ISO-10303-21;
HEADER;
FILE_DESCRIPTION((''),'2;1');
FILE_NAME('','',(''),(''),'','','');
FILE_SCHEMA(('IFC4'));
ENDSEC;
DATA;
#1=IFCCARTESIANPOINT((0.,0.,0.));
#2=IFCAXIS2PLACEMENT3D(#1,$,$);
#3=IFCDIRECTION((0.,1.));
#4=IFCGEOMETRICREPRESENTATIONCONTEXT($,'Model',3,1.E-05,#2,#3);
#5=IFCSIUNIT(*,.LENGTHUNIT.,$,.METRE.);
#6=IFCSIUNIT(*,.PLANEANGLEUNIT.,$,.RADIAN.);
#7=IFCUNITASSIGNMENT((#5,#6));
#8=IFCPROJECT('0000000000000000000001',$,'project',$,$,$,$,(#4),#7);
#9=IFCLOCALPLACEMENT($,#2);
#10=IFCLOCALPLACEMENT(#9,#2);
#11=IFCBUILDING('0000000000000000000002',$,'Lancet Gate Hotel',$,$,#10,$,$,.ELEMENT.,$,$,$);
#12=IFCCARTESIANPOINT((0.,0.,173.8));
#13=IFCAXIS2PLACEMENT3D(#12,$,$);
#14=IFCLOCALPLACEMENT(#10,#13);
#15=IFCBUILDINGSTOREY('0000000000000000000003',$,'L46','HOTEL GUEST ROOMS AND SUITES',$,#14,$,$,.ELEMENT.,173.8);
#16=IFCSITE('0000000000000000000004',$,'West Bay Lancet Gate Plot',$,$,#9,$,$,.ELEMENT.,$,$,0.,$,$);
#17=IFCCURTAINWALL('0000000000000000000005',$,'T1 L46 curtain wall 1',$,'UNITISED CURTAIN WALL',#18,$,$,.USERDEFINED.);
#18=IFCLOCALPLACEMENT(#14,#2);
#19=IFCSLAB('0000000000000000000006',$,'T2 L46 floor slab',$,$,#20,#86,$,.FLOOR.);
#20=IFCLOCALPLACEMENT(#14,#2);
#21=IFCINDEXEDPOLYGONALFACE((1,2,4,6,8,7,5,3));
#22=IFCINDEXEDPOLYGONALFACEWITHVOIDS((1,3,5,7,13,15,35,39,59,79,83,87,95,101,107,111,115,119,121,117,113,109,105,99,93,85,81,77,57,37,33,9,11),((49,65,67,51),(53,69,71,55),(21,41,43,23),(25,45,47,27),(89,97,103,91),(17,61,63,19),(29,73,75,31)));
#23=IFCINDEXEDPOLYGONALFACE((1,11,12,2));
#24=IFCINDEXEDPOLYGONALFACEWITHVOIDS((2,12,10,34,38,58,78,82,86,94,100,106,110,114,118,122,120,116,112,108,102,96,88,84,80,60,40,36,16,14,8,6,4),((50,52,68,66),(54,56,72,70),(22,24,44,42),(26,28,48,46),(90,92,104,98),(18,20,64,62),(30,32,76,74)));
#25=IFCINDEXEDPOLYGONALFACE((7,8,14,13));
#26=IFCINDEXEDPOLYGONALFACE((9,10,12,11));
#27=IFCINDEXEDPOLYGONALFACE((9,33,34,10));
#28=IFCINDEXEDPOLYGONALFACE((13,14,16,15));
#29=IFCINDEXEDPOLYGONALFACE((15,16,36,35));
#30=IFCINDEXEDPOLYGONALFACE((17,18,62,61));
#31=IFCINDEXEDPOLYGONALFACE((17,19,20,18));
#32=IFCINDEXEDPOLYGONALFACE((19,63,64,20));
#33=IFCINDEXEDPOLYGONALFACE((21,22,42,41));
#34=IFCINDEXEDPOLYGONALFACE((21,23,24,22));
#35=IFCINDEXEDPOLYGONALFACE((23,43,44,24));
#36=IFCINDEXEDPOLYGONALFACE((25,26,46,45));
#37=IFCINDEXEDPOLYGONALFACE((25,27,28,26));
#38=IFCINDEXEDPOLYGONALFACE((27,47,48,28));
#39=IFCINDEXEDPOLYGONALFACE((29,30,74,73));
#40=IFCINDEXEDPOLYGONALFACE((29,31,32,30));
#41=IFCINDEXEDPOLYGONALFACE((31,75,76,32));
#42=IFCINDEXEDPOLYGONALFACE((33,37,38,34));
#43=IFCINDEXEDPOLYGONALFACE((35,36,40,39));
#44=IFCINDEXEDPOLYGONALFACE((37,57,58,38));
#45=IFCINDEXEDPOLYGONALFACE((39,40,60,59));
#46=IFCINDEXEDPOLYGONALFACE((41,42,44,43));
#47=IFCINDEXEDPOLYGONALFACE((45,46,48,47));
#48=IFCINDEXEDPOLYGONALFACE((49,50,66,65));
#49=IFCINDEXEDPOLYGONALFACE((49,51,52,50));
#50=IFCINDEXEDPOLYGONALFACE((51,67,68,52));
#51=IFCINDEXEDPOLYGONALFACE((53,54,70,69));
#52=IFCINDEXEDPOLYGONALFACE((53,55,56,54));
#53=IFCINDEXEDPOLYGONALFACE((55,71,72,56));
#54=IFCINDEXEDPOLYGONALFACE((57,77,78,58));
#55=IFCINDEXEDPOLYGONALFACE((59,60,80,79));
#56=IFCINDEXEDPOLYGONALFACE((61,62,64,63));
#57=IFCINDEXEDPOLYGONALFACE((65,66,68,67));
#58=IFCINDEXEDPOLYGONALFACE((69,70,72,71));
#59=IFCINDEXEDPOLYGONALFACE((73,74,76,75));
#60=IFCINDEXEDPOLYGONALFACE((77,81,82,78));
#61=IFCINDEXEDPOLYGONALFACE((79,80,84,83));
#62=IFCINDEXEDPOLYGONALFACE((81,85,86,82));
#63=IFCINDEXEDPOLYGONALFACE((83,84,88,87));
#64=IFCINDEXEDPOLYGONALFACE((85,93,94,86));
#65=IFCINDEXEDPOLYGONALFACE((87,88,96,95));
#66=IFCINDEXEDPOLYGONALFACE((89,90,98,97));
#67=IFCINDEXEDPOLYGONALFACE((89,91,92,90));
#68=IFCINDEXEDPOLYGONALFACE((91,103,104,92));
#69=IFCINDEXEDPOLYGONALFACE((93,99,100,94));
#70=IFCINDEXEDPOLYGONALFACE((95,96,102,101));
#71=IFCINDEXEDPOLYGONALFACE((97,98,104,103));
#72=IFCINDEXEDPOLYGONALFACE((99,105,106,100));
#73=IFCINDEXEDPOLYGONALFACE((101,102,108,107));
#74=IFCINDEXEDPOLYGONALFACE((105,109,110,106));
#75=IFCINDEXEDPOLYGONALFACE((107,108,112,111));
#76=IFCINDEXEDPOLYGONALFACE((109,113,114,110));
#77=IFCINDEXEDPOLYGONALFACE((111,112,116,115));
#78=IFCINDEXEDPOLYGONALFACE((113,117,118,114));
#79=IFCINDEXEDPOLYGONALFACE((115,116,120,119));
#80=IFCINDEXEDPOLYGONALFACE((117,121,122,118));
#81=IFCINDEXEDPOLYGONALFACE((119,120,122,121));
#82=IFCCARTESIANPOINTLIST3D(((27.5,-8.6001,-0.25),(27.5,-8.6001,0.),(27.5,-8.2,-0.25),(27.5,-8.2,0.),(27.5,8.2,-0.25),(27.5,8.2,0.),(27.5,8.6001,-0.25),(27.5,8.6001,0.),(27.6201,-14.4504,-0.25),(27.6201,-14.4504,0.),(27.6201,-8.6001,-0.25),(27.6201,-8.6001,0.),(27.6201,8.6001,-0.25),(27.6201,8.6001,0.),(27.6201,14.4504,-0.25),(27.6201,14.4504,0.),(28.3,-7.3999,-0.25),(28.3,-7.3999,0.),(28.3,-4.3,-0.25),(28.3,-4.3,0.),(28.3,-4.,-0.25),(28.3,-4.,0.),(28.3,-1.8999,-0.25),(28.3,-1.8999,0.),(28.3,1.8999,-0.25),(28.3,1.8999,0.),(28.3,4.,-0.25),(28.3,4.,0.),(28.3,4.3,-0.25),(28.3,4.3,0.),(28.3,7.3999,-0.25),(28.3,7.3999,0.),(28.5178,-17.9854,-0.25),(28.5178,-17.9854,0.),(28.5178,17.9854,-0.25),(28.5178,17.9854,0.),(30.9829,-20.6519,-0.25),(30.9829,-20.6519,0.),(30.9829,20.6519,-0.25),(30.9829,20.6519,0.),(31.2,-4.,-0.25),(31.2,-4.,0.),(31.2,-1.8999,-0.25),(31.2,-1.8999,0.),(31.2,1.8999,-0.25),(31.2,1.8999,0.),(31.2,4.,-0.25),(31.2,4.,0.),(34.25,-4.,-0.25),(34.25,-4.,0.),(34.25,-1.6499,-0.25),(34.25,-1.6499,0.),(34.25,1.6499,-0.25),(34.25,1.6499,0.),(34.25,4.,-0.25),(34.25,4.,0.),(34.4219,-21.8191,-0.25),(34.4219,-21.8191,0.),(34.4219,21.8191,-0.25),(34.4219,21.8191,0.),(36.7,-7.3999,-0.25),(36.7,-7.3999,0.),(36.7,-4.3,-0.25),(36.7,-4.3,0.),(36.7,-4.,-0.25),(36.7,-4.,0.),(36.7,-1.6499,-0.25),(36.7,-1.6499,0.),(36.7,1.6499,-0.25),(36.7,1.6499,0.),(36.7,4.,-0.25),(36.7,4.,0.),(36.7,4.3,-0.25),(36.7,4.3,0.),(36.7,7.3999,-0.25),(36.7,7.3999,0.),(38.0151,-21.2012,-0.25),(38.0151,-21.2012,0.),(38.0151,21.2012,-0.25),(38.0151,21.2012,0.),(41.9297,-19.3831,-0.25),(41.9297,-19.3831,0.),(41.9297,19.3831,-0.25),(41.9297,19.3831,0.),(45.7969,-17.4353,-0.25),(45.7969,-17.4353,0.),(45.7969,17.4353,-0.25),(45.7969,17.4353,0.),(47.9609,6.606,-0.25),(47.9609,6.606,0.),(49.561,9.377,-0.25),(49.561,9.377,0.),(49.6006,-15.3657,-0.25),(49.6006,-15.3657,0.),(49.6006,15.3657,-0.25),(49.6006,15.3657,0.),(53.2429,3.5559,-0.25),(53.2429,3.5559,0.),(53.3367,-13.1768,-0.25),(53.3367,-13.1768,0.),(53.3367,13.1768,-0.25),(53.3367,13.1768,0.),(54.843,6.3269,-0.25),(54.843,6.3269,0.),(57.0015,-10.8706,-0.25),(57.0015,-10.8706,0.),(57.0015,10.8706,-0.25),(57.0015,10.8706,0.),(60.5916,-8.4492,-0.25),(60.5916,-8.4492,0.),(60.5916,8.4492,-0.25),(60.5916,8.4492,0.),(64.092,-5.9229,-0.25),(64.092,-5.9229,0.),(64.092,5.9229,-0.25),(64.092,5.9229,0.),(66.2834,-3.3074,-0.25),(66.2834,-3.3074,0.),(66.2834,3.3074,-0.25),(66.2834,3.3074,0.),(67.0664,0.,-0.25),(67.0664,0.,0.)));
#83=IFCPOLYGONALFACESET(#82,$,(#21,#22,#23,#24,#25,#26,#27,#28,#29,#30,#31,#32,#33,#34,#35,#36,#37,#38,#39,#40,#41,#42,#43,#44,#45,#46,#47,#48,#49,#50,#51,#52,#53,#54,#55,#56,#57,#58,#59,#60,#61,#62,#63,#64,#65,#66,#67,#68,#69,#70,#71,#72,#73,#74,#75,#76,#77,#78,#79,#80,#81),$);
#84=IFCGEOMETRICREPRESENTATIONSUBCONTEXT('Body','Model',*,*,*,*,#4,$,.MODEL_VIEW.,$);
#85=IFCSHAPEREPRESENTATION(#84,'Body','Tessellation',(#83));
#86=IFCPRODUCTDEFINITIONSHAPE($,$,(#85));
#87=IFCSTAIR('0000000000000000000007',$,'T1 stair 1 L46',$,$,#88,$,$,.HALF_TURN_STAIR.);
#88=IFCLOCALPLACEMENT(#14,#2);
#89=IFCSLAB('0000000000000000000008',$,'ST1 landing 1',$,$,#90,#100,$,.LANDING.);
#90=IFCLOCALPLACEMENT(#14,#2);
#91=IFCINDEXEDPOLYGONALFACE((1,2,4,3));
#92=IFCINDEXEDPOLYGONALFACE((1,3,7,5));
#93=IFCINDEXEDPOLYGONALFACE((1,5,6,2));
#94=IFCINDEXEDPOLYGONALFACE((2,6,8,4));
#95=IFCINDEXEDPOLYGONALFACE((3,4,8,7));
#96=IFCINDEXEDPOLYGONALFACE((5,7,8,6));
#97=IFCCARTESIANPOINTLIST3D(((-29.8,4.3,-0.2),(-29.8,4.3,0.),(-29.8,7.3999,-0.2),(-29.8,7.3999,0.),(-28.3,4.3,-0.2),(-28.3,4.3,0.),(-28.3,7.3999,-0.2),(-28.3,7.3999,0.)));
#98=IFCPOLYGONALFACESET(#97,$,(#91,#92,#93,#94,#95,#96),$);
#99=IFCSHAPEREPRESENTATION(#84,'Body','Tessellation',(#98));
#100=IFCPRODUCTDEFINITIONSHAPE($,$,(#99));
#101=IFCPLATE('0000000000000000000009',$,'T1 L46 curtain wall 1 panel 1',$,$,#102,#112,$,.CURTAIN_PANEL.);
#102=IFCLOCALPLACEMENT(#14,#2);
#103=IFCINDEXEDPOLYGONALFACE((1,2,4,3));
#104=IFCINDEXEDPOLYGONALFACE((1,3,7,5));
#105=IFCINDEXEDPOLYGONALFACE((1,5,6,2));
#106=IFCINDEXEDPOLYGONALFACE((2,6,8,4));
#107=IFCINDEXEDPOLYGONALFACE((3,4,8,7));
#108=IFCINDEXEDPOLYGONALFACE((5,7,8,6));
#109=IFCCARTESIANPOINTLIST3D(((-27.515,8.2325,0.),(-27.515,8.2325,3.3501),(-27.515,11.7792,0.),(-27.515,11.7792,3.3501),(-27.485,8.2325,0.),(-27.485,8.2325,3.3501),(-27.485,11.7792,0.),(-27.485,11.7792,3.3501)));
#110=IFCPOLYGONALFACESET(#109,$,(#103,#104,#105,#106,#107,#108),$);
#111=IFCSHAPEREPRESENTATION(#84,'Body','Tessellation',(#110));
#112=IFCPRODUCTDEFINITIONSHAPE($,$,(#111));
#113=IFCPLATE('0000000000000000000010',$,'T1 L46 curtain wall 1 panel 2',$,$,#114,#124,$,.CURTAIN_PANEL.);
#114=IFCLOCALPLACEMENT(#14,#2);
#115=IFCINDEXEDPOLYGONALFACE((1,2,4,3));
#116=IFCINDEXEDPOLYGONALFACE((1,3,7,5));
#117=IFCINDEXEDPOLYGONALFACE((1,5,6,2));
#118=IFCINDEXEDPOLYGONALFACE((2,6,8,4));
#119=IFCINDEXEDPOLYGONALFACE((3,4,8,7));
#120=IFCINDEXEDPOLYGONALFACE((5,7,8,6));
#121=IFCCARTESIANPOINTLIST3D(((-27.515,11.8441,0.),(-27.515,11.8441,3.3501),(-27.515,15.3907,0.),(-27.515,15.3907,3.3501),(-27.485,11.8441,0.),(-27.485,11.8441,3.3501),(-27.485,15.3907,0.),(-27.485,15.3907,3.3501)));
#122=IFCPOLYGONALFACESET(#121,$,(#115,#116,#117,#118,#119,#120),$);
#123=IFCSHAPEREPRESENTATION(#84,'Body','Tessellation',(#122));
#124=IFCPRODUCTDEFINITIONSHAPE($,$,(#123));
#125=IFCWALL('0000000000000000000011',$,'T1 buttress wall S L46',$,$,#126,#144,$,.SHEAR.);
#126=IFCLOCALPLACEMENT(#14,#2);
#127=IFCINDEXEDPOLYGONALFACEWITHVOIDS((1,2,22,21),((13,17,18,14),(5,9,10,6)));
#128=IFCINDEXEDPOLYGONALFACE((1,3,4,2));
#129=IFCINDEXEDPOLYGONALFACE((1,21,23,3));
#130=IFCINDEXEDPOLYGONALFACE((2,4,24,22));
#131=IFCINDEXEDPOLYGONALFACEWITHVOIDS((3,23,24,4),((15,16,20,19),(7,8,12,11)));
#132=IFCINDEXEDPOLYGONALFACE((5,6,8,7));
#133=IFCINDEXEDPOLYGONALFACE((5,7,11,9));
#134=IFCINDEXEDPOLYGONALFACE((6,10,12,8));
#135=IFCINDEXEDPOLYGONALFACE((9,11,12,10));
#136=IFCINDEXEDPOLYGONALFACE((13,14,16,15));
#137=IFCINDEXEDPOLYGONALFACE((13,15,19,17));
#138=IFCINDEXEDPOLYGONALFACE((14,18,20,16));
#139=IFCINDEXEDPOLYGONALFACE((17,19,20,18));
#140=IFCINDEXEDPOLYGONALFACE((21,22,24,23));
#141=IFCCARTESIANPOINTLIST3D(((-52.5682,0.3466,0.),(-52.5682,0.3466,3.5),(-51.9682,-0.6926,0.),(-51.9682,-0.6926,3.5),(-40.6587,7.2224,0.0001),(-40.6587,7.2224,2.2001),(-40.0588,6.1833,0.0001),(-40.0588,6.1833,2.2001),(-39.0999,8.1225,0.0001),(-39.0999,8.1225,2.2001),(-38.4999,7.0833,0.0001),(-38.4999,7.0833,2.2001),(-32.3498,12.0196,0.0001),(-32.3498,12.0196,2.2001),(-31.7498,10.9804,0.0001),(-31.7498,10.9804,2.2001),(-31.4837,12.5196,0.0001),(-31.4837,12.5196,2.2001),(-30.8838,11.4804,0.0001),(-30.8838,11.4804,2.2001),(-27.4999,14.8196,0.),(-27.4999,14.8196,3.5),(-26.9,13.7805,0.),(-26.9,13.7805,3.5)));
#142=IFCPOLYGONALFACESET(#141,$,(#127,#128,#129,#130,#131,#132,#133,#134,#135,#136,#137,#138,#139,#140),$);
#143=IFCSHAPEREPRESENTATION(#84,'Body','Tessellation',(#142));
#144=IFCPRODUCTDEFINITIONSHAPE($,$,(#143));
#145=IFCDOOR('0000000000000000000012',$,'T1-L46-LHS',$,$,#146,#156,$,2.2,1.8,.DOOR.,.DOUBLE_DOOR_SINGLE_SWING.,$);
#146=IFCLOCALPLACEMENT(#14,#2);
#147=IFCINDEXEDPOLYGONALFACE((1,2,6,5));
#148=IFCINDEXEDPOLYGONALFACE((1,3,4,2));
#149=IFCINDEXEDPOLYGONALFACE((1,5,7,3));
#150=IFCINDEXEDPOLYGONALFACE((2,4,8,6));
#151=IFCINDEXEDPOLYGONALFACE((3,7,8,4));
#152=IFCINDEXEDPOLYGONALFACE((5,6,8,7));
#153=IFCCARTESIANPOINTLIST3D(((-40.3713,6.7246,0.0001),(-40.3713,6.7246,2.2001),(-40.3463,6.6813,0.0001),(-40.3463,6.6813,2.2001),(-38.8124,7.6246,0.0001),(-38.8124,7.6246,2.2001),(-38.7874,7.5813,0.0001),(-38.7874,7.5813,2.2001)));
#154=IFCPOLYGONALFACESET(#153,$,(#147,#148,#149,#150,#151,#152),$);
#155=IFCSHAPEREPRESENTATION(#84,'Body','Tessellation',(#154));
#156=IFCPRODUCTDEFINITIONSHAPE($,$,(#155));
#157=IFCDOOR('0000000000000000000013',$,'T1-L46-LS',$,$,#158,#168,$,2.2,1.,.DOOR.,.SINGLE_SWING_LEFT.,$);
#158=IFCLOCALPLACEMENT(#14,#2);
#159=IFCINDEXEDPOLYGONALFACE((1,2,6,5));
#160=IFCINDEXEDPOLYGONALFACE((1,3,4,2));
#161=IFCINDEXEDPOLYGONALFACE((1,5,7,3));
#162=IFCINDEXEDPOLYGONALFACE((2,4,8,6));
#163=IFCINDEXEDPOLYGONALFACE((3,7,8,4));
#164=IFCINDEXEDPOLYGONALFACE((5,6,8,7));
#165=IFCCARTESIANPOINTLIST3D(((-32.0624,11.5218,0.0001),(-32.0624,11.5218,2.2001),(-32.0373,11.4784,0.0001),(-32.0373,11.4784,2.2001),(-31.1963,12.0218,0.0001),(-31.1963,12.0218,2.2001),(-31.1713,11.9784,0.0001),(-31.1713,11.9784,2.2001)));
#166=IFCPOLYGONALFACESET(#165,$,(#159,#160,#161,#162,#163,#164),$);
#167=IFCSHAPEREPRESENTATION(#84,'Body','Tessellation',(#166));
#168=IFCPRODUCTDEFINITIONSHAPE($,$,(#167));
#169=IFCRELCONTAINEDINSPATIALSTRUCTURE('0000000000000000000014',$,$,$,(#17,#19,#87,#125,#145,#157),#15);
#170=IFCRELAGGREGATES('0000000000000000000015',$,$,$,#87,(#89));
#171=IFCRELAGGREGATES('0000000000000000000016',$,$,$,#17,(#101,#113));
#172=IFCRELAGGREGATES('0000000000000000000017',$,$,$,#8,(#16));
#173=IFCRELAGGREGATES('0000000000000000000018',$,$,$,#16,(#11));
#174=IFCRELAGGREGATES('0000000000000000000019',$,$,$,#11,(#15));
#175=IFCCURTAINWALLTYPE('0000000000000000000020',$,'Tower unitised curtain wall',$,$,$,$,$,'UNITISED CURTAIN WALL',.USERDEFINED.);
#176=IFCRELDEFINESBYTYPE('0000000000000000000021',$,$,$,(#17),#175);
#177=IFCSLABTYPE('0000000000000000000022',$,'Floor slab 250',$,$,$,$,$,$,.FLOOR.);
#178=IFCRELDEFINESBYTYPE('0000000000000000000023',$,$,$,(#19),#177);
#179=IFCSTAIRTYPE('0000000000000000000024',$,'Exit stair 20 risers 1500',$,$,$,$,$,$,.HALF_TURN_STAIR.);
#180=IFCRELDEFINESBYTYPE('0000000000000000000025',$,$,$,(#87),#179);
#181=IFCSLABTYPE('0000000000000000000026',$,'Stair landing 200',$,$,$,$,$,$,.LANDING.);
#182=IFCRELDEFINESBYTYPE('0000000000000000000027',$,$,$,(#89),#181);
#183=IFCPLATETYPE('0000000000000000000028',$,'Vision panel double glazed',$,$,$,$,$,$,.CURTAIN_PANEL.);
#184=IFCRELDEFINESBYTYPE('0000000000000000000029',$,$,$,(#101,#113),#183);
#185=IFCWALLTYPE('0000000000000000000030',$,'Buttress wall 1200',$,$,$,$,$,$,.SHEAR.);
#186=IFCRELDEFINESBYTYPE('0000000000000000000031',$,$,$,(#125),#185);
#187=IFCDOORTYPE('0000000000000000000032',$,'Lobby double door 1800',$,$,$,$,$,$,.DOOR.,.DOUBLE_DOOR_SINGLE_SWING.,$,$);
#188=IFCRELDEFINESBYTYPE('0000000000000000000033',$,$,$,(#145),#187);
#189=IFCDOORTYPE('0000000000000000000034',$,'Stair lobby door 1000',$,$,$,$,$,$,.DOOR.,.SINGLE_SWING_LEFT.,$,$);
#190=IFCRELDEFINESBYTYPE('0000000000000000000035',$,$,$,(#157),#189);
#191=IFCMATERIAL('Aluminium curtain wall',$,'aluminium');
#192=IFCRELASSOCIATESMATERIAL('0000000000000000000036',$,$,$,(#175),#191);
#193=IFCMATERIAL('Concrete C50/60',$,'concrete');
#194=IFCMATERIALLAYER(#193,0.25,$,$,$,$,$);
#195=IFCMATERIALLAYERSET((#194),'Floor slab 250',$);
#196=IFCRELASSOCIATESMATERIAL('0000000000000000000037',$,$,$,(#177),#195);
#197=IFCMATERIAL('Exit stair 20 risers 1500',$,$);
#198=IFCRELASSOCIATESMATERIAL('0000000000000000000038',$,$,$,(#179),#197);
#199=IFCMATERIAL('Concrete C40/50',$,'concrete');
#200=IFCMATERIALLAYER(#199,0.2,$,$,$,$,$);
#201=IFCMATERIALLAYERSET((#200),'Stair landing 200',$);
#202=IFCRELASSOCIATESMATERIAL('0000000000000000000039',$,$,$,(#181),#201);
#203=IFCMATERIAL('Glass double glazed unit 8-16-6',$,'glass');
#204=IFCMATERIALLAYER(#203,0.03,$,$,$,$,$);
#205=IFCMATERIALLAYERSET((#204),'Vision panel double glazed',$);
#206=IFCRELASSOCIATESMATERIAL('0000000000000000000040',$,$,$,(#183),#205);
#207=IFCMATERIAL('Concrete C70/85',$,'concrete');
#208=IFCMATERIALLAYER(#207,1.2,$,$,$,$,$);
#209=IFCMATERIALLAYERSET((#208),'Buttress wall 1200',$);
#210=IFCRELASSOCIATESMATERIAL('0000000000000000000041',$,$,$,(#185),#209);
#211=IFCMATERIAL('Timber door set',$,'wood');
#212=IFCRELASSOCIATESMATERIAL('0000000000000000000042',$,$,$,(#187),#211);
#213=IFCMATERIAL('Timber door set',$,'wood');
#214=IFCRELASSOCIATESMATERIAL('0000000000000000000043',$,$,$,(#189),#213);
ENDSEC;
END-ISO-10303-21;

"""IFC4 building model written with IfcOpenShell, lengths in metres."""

from ifc_helpers import new_model, si_unit, direction, frame, frame_2d, origin, origin_2d, place, context, subcontext, project, spatial, polyline, rectangle, outline, extrude, material, layer, layer_set, type_object, element, fill, aggregate, save


model = new_model("IFC4")

# Units and contexts
model_context = context("Model", 3, precision=1e-05, world=origin(), true_north=direction((0.0, 1.0)))
body_context = subcontext(model_context, "Body", "Model", "MODEL_VIEW")
ifc_project = project(units=[si_unit("LENGTHUNIT", "METRE"), si_unit("PLANEANGLEUNIT", "RADIAN")], contexts=[model_context])

# Site, building, storey
site_placement = place(None, origin())
site = spatial("IfcSite", under=ifc_project, at=site_placement, Name="West Bay Lancet Gate Plot", CompositionType="ELEMENT", RefElevation=0.0)
building_placement = place(site_placement, origin())
building = spatial("IfcBuilding", under=site, at=building_placement, Name="Lancet Gate Hotel", CompositionType="ELEMENT")
storey_placement = place(building_placement, frame((0.0, 0.0, 173.8)))
storey = spatial("IfcBuildingStorey", under=building, at=storey_placement, Name="L46", Description="HOTEL GUEST ROOMS AND SUITES", CompositionType="ELEMENT", Elevation=173.8)

# Curtain wall
ifc_material_1 = material(Name="Aluminium curtain wall", Category="aluminium")
curtain_wall_type = type_object("IfcCurtainWallType", Name="Tower unitised curtain wall", ElementType="UNITISED CURTAIN WALL", PredefinedType="USERDEFINED", material=ifc_material_1)
curtain_wall_placement = place(storey_placement, origin())
curtain_wall = element("IfcCurtainWall", 1, at=curtain_wall_placement, inside=storey, type_object=curtain_wall_type, Name="T1 L46 curtain wall 1", ObjectType="UNITISED CURTAIN WALL", PredefinedType="USERDEFINED")

# Slab
ifc_material_2 = material(Name="Concrete C50/60", Category="concrete")
ifc_layer_1 = layer(ifc_material_2, 0.25)
ifc_layer_set_1 = layer_set([ifc_layer_1], Name="Floor slab 250")
slab_type_1 = type_object("IfcSlabType", Name="Floor slab 250", PredefinedType="FLOOR", material=ifc_layer_set_1)
slab_1_placement = place(storey_placement, frame((0.0, 0.0, -0.25)))
element("IfcSlab", 2, at=slab_1_placement, inside=storey, type_object=slab_type_1, Name="T2 L46 floor slab", PredefinedType="FLOOR", context=body_context, shape_type="SweptSolid", body=[
    extrude(outline(polyline([(27.5, -8.6001), (27.6201, -8.6001), (27.6201, -14.4504), (28.5178, -17.9854), (30.9829, -20.6519), (34.4219, -21.8191), (38.0151, -21.2012), (41.9297, -19.3831), (45.7969, -17.4353), (49.6006, -15.3657), (53.3367, -13.1768), (57.0015, -10.8706), (60.5916, -8.4492), (64.092, -5.9229), (66.2834, -3.3074), (67.0664, 0.0), (66.2834, 3.3074), (64.092, 5.9229), (60.5916, 8.4492), (57.0015, 10.8706), (53.3367, 13.1768), (49.6006, 15.3657), (45.7969, 17.4353), (41.9297, 19.3831), (38.0151, 21.2012), (34.4219, 21.8191), (30.9829, 20.6519), (28.5178, 17.9854), (27.6201, 14.4504), (27.6201, 8.6001), (27.5, 8.6001), (27.5, 8.2), (27.5, -8.2), (27.5, -8.6001)]), holes=[polyline([(36.7, -7.3999), (36.7, -4.3), (28.3, -4.3), (28.3, -7.3999), (36.7, -7.3999)]), polyline([(28.3, -4.0), (31.2, -4.0), (31.2, -1.8999), (28.3, -1.8999), (28.3, -4.0)]), polyline([(34.25, -4.0), (36.7, -4.0), (36.7, -1.6499), (34.25, -1.6499), (34.25, -4.0)]), polyline([(36.7, 1.6499), (36.7, 4.0), (34.25, 4.0), (34.25, 1.6499), (36.7, 1.6499)]), polyline([(28.3, 1.8999), (31.2, 1.8999), (31.2, 4.0), (28.3, 4.0), (28.3, 1.8999)]), polyline([(28.3, 4.3), (36.7, 4.3), (36.7, 7.3999), (28.3, 7.3999), (28.3, 4.3)]), polyline([(53.2429, 3.5559), (54.843, 6.3269), (49.561, 9.377), (47.9609, 6.606), (53.2429, 3.5559)])]), origin(), (0.0, 0.0, 1.0), 0.25),
])

# Stair, slab
ifc_material_3 = material(Name="Exit stair 20 risers 1500")
stair_type = type_object("IfcStairType", Name="Exit stair 20 risers 1500", PredefinedType="HALF_TURN_STAIR", material=ifc_material_3)
stair_placement = place(storey_placement, origin())
stair = element("IfcStair", 3, at=stair_placement, inside=storey, type_object=stair_type, Name="T1 stair 1 L46", PredefinedType="HALF_TURN_STAIR")
ifc_material_4 = material(Name="Concrete C40/50", Category="concrete")
ifc_layer_2 = layer(ifc_material_4, 0.2)
ifc_layer_set_2 = layer_set([ifc_layer_2], Name="Stair landing 200")
slab_type_2 = type_object("IfcSlabType", Name="Stair landing 200", PredefinedType="LANDING", material=ifc_layer_set_2)
slab_2_placement = place(storey_placement, frame((0.0, 0.0, -0.2)))
slab_2 = element("IfcSlab", 4, at=slab_2_placement, type_object=slab_type_2, Name="ST1 landing 1", PredefinedType="LANDING", context=body_context, shape_type="SweptSolid", body=[
    extrude(outline(polyline([(-28.3, 7.3999), (-29.8, 7.3999), (-29.8, 4.3), (-28.3, 4.3), (-28.3, 7.3999)])), origin(), (0.0, 0.0, 1.0), 0.2),
])
aggregate(stair, [slab_2])

# Plates
ifc_material_5 = material(Name="Glass double glazed unit 8-16-6", Category="glass")
ifc_layer_3 = layer(ifc_material_5, 0.03)
ifc_layer_set_3 = layer_set([ifc_layer_3], Name="Vision panel double glazed")
plate_type = type_object("IfcPlateType", Name="Vision panel double glazed", PredefinedType="CURTAIN_PANEL", material=ifc_layer_set_3)
plate_1_placement = place(storey_placement, frame((-27.5, 10.0059, 0.0), z_axis=(0.0, 0.0, 1.0), x_axis=(0.0, 1.0, 0.0)))
plate_1 = element("IfcPlate", 5, at=plate_1_placement, type_object=plate_type, Name="T1 L46 curtain wall 1 panel 1", PredefinedType="CURTAIN_PANEL", context=body_context, shape_type="SweptSolid", body=[
    extrude(rectangle(XDim=3.5466, YDim=0.03, at=origin_2d()), origin(), (0.0, 0.0, 1.0), 3.3501),
])
plate_2_placement = place(storey_placement, frame((-27.5, 13.6174, 0.0), z_axis=(0.0, 0.0, 1.0), x_axis=(0.0, 1.0, 0.0)))
plate_2 = element("IfcPlate", 6, at=plate_2_placement, type_object=plate_type, Name="T1 L46 curtain wall 1 panel 2", PredefinedType="CURTAIN_PANEL", context=body_context, shape_type="SweptSolid", body=[
    extrude(rectangle(XDim=3.5466, YDim=0.03, at=origin_2d()), origin(), (0.0, 0.0, 1.0), 3.3501),
])
aggregate(curtain_wall, [plate_1, plate_2])

# Wall, openings, doors
ifc_material_6 = material(Name="Concrete C70/85", Category="concrete")
ifc_layer_4 = layer(ifc_material_6, 1.2)
ifc_layer_set_4 = layer_set([ifc_layer_4], Name="Buttress wall 1200")
wall_type_1 = type_object("IfcWallType", Name="Buttress wall 1200", PredefinedType="SHEAR", material=ifc_layer_set_4)
wall_1_placement = place(storey_placement, frame((-27.2, 14.3, 0.0), z_axis=(0.0, 0.0, 1.0), x_axis=(-0.866027, -0.499998, 0.0)))
wall_1 = element("IfcWall", 7, at=wall_1_placement, inside=storey, type_object=wall_type_1, Name="T1 buttress wall S L46", PredefinedType="SHEAR", context=body_context, shape_type="SweptSolid", body=[
    extrude(rectangle(XDim=28.9463, YDim=1.2, at=frame_2d((14.4731, 0.0))), origin(), (0.0, 0.0, 1.0), 3.5),
])
opening_1_placement = place(wall_1_placement, frame((4.6001, 0.0, 0.0)))
opening_1 = element("IfcOpeningElement", 8, at=opening_1_placement, cuts=wall_1, PredefinedType="OPENING", context=body_context, shape_type="SweptSolid", body=[
    extrude(rectangle(XDim=1.0, YDim=2.2, at=frame_2d((0.5, 1.1001))), frame((0.0, 0.6099, 0.0), z_axis=(0.0, -1.0, 0.0), x_axis=(1.0, 0.0, 0.0)), (0.0, 0.0, 1.0), 1.22),
])
opening_2_placement = place(wall_1_placement, frame((13.3945, 0.0, 0.0)))
opening_2 = element("IfcOpeningElement", 9, at=opening_2_placement, cuts=wall_1, PredefinedType="OPENING", context=body_context, shape_type="SweptSolid", body=[
    extrude(rectangle(XDim=1.8, YDim=2.2, at=frame_2d((0.8999, 1.1001))), frame((0.0, 0.6099, 0.0), z_axis=(0.0, -1.0, 0.0), x_axis=(1.0, 0.0, 0.0)), (0.0, 0.0, 1.0), 1.22),
])
ifc_material_7 = material(Name="Timber door set", Category="wood")
door_type_1 = type_object("IfcDoorType", Name="Lobby double door 1800", OperationType="DOUBLE_DOOR_SINGLE_SWING", PredefinedType="DOOR", material=ifc_material_7)
door_1_placement = place(opening_2_placement, origin())
door_1 = element("IfcDoor", 10, at=door_1_placement, inside=storey, type_object=door_type_1, Name="T1-L46-LHS", OperationType="DOUBLE_DOOR_SINGLE_SWING", OverallHeight=2.2, OverallWidth=1.8, PredefinedType="DOOR", context=body_context, shape_type="SweptSolid", body=[
    extrude(rectangle(XDim=1.8, YDim=2.2, at=frame_2d((0.8999, 1.1001))), frame((0.0, 0.0249, 0.0), z_axis=(0.0, -1.0, 0.0), x_axis=(1.0, 0.0, 0.0)), (0.0, 0.0, 1.0), 0.05),
])
fill(opening_2, door_1)
ifc_material_8 = material(Name="Timber door set", Category="wood")
door_type_2 = type_object("IfcDoorType", Name="Stair lobby door 1000", OperationType="SINGLE_SWING_LEFT", PredefinedType="DOOR", material=ifc_material_8)
door_2_placement = place(opening_1_placement, origin())
door_2 = element("IfcDoor", 11, at=door_2_placement, inside=storey, type_object=door_type_2, Name="T1-L46-LS", OperationType="SINGLE_SWING_LEFT", OverallHeight=2.2, OverallWidth=1.0, PredefinedType="DOOR", context=body_context, shape_type="SweptSolid", body=[
    extrude(rectangle(XDim=1.0, YDim=2.2, at=frame_2d((0.5, 1.1001))), frame((0.0, 0.0249, 0.0), z_axis=(0.0, -1.0, 0.0), x_axis=(1.0, 0.0, 0.0)), (0.0, 0.0, 1.0), 0.05),
])
fill(opening_1, door_2)

save(model, "model.ifc")
